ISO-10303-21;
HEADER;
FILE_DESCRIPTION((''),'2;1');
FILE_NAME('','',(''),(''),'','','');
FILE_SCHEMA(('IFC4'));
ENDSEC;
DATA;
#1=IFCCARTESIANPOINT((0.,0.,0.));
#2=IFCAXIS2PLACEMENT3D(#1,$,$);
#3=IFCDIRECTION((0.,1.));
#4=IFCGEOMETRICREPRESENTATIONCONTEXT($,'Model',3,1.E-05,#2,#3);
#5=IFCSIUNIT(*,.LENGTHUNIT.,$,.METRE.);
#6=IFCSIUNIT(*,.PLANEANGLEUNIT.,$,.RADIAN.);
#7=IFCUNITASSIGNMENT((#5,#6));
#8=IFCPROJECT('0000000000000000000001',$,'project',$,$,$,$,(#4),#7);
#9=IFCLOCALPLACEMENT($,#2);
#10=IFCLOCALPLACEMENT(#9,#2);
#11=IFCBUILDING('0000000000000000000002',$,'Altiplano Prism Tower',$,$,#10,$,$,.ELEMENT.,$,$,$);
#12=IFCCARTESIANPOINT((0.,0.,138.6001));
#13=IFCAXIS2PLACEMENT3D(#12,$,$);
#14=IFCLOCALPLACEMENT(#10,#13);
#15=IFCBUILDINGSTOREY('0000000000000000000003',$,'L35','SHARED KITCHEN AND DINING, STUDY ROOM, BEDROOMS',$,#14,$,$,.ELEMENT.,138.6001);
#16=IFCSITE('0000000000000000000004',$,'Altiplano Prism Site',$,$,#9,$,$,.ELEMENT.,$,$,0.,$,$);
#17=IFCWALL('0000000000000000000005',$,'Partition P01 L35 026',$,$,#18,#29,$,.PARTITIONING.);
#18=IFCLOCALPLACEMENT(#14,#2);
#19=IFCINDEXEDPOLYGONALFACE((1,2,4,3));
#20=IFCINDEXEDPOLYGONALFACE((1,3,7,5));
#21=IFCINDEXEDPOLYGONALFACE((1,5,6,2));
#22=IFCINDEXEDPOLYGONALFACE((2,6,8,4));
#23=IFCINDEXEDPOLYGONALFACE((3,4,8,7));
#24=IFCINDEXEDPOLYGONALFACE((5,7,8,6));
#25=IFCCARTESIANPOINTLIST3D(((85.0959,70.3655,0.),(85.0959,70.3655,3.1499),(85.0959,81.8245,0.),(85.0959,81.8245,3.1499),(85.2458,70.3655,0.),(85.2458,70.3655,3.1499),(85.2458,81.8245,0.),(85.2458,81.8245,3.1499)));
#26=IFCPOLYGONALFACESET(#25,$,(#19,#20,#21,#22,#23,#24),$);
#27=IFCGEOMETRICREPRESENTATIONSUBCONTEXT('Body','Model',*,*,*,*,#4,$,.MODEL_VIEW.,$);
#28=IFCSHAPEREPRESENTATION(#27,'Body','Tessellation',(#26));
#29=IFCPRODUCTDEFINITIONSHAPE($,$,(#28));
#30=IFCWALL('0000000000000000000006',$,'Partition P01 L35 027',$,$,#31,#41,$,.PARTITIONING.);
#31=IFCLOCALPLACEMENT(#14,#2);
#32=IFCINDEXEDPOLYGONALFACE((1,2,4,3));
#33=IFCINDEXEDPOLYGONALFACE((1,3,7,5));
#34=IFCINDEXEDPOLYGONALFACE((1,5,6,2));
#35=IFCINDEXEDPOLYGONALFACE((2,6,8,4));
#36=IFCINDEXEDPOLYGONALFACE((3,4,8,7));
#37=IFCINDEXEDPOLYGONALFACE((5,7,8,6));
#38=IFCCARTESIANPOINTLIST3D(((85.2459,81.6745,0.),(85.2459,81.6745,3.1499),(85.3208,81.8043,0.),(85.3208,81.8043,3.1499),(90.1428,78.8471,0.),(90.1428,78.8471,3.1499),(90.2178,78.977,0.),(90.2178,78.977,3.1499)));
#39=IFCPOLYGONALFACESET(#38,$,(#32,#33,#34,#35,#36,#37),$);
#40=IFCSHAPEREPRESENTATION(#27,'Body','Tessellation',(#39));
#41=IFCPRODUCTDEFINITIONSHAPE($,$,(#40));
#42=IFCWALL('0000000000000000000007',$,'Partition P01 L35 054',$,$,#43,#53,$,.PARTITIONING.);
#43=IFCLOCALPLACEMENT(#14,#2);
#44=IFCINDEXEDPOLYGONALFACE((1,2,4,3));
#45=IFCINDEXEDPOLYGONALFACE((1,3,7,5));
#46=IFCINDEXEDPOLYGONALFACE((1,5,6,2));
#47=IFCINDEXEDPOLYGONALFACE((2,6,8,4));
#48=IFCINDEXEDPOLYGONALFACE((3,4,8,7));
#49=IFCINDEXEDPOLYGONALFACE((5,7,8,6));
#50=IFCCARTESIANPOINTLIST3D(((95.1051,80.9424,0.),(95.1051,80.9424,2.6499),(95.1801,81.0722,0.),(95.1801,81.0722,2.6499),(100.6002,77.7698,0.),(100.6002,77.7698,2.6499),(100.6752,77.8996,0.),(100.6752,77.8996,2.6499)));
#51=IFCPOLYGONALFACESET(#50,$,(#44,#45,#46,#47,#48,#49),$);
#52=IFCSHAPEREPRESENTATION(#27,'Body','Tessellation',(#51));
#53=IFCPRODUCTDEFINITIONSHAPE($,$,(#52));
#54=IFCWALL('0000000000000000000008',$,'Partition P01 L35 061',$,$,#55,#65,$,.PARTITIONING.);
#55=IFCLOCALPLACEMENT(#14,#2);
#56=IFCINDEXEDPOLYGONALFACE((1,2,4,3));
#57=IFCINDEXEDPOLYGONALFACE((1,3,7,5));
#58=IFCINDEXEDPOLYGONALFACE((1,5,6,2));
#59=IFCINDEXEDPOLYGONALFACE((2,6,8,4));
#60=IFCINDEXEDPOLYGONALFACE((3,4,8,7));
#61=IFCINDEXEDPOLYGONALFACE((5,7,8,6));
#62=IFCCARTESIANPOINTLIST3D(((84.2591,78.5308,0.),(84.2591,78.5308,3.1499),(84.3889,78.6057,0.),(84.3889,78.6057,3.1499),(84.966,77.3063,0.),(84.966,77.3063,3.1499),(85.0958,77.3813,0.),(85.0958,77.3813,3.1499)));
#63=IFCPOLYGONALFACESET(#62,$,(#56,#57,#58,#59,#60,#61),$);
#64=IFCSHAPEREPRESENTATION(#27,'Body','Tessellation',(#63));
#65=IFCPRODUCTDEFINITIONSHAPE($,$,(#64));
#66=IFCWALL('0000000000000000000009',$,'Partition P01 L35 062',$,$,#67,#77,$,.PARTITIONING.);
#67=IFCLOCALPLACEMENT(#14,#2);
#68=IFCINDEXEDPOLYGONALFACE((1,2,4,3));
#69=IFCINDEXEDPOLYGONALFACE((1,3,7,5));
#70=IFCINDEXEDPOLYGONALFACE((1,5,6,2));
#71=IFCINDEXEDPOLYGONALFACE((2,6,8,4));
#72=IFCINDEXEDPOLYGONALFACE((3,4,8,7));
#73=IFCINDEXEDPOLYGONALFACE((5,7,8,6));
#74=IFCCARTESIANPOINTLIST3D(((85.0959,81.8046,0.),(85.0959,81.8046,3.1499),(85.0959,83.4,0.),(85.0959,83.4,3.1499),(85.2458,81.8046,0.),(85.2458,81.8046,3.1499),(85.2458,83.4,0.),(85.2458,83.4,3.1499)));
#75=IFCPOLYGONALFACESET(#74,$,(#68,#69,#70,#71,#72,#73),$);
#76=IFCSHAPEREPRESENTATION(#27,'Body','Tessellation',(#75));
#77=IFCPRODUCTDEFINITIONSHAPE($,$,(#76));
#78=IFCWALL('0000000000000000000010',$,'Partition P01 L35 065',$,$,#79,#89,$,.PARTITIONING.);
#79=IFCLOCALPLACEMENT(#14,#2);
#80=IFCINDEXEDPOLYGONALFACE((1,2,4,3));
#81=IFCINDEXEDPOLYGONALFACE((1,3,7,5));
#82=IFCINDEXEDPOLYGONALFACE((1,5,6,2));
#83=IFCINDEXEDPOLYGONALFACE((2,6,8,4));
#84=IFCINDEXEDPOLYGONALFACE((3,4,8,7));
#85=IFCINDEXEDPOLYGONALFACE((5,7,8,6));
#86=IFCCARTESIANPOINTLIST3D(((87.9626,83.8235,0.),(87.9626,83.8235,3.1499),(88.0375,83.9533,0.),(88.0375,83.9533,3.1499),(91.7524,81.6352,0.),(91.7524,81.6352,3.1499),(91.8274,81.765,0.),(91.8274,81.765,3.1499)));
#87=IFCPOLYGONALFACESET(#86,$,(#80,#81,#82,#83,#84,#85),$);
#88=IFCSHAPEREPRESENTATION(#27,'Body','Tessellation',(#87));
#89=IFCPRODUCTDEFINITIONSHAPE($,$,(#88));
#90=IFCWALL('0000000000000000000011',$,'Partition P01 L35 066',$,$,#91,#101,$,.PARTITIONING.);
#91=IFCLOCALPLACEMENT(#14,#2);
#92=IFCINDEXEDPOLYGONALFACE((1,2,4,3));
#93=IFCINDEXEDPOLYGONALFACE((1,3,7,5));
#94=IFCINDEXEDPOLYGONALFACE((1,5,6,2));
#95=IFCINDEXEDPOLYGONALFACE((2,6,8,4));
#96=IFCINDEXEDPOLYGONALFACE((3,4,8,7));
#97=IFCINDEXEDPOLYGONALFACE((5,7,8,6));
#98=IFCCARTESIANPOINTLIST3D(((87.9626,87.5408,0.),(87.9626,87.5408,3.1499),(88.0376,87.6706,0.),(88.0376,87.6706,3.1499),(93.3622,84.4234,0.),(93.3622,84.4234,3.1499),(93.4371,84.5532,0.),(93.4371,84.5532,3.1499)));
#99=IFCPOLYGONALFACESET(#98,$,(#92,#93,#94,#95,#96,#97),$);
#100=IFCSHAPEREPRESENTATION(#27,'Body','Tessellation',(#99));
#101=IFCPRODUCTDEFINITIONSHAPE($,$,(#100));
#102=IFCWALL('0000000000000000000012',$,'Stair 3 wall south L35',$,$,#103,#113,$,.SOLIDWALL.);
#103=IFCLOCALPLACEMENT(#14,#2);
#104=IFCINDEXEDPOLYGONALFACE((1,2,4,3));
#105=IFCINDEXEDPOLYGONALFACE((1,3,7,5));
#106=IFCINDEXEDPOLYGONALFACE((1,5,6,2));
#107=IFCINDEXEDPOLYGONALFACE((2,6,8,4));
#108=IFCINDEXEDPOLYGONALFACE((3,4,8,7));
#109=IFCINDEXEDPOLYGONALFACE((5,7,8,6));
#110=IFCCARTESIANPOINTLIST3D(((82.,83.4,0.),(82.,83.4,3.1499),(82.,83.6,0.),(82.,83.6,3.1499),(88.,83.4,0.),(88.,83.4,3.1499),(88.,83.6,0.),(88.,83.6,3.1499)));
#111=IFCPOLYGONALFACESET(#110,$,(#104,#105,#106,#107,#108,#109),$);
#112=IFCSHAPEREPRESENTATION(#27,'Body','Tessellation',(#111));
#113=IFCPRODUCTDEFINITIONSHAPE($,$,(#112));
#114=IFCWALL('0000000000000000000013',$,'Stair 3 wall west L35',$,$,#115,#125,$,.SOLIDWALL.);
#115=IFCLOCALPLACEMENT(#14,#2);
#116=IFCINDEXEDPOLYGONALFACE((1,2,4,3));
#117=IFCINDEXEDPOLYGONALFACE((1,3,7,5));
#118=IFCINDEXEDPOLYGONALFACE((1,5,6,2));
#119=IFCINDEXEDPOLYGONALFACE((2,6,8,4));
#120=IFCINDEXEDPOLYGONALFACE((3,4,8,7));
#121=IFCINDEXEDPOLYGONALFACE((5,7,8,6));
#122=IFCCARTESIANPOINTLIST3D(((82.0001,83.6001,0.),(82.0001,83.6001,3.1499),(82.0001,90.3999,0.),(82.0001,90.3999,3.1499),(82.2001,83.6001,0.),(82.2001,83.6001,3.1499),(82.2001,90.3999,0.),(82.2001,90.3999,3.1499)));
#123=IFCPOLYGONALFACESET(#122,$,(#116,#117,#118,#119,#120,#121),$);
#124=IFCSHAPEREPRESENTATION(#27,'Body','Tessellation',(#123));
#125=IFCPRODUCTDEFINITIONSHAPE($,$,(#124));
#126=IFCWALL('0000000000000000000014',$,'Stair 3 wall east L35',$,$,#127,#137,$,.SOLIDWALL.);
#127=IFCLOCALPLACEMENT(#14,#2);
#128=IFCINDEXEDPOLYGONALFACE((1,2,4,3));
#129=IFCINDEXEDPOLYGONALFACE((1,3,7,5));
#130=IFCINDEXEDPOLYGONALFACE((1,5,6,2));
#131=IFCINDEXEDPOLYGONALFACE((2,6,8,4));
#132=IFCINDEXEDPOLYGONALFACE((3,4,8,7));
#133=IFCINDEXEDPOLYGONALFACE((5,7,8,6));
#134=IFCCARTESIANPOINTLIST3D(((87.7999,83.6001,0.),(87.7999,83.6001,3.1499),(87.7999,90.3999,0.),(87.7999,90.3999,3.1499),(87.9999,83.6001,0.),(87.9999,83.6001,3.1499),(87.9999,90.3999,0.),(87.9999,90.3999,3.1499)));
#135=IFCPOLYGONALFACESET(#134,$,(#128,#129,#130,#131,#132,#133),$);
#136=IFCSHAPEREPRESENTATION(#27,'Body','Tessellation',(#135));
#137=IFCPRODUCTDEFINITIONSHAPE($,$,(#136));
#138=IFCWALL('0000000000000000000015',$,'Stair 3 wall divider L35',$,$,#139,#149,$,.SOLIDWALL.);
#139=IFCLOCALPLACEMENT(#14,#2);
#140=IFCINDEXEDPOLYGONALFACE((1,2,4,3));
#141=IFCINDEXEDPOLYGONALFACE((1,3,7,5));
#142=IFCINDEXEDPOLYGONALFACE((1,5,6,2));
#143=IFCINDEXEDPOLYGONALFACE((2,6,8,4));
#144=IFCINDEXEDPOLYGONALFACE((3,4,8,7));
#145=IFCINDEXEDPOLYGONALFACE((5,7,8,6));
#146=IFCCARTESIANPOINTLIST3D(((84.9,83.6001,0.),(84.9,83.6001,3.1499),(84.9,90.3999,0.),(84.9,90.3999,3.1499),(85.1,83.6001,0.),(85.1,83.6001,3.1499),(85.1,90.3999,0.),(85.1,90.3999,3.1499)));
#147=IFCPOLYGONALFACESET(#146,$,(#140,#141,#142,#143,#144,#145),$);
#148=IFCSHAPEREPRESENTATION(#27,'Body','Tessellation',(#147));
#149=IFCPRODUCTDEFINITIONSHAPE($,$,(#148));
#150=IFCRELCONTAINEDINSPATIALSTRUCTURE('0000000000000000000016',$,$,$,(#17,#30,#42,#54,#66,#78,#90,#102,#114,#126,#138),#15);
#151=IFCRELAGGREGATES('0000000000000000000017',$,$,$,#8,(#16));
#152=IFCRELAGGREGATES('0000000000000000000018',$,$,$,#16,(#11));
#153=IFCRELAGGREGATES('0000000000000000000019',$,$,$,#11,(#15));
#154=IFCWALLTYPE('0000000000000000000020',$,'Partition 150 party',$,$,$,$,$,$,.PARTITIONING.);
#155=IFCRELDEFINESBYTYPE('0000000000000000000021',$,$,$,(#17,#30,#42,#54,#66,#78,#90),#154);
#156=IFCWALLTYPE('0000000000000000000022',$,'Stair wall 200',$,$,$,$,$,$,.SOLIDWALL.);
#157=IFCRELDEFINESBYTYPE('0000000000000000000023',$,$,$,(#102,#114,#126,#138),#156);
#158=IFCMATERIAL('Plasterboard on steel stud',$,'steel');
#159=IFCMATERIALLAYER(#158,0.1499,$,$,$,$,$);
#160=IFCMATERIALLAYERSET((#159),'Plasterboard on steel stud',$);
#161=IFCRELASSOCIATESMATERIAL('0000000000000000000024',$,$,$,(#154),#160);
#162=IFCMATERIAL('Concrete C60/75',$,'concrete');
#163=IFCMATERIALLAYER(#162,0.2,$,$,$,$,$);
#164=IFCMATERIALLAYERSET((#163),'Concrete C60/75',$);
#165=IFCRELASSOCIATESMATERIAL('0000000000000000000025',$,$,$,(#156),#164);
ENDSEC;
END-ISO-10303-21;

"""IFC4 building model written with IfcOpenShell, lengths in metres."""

from ifc_helpers import new_model, si_unit, direction, frame, frame_2d, origin, place, context, subcontext, project, spatial, rectangle, extrude, material, layer, layer_set, type_object, element, save


model = new_model("IFC4")

# Units and contexts
model_context = context("Model", 3, precision=1e-05, world=origin(), true_north=direction((0.0, 1.0)))
body_context = subcontext(model_context, "Body", "Model", "MODEL_VIEW")
ifc_project = project(units=[si_unit("LENGTHUNIT", "METRE"), si_unit("PLANEANGLEUNIT", "RADIAN")], contexts=[model_context])

# Site, building, storey
site_placement = place(None, origin())
site = spatial("IfcSite", under=ifc_project, at=site_placement, Name="Altiplano Prism Site", CompositionType="ELEMENT", RefElevation=0.0)
building_placement = place(site_placement, origin())
building = spatial("IfcBuilding", under=site, at=building_placement, Name="Altiplano Prism Tower", CompositionType="ELEMENT")
storey_placement = place(building_placement, frame((0.0, 0.0, 138.6001)))
storey = spatial("IfcBuildingStorey", under=building, at=storey_placement, Name="L35", Description="SHARED KITCHEN AND DINING, STUDY ROOM, BEDROOMS", CompositionType="ELEMENT", Elevation=138.6001)

# Shared definitions
ifc_material_1 = material(Name="Concrete C60/75", Category="concrete")

# Shared definitions
ifc_material_2 = material(Name="Plasterboard on steel stud", Category="steel")

# Walls
ifc_layer_1 = layer(ifc_material_2, 0.1499)
ifc_layer_set_1 = layer_set([ifc_layer_1], Name="Plasterboard on steel stud")
wall_type_1 = type_object("IfcWallType", Name="Partition 150 party", PredefinedType="PARTITIONING", material=ifc_layer_set_1)
wall_1_placement = place(storey_placement, frame((85.1709, 81.8245, 0.0), z_axis=(0.0, 0.0, 1.0), x_axis=(0.0, -1.0, 0.0)))
element("IfcWall", 1, at=wall_1_placement, inside=storey, type_object=wall_type_1, Name="Partition P01 L35 026", PredefinedType="PARTITIONING", context=body_context, shape_type="SweptSolid", body=[
    extrude(rectangle(XDim=11.459, YDim=0.1499, at=frame_2d((5.7295, 0.0))), origin(), (0.0, 0.0, 1.0), 3.1499),
])
wall_2_placement = place(storey_placement, frame((90.1802, 78.9121, 0.0), z_axis=(0.0, 0.0, 1.0), x_axis=(-0.866016, 0.500016, 0.0)))
element("IfcWall", 2, at=wall_2_placement, inside=storey, type_object=wall_type_1, Name="Partition P01 L35 027", PredefinedType="PARTITIONING", context=body_context, shape_type="SweptSolid", body=[
    extrude(rectangle(XDim=5.6545, YDim=0.1499, at=frame_2d((2.8271, 0.0))), origin(), (0.0, 0.0, 1.0), 3.1499),
])
wall_3_placement = place(storey_placement, frame((100.6377, 77.8347, 0.0), z_axis=(0.0, 0.0, 1.0), x_axis=(-0.866025, 0.5, 0.0)))
element("IfcWall", 3, at=wall_3_placement, inside=storey, type_object=wall_type_1, Name="Partition P01 L35 054", PredefinedType="PARTITIONING", context=body_context, shape_type="SweptSolid", body=[
    extrude(rectangle(XDim=6.3452, YDim=0.1499, at=frame_2d((3.1726, 0.0))), origin(), (0.0, 0.0, 1.0), 2.6499),
])
wall_4_placement = place(storey_placement, frame((84.324, 78.5684, 0.0), z_axis=(0.0, 0.0, 1.0), x_axis=(0.499947, -0.866056, 0.0)))
element("IfcWall", 4, at=wall_4_placement, inside=storey, type_object=wall_type_1, Name="Partition P01 L35 061", PredefinedType="PARTITIONING", context=body_context, shape_type="SweptSolid", body=[
    extrude(rectangle(XDim=1.4138, YDim=0.1499, at=frame_2d((0.707, 0.0))), origin(), (0.0, 0.0, 1.0), 3.1499),
])
wall_5_placement = place(storey_placement, frame((85.1709, 81.8044, 0.0), z_axis=(0.0, 0.0, 1.0), x_axis=(0.0, 1.0, 0.0)))
element("IfcWall", 5, at=wall_5_placement, inside=storey, type_object=wall_type_1, Name="Partition P01 L35 062", PredefinedType="PARTITIONING", context=body_context, shape_type="SweptSolid", body=[
    extrude(rectangle(XDim=1.5955, YDim=0.1499, at=frame_2d((0.7979, 0.0))), origin(), (0.0, 0.0, 1.0), 3.1499),
])
wall_6_placement = place(storey_placement, frame((91.7898, 81.7002, 0.0), z_axis=(0.0, 0.0, 1.0), x_axis=(-0.866006, 0.500033, 0.0)))
element("IfcWall", 6, at=wall_6_placement, inside=storey, type_object=wall_type_1, Name="Partition P01 L35 065", PredefinedType="PARTITIONING", context=body_context, shape_type="SweptSolid", body=[
    extrude(rectangle(XDim=4.3762, YDim=0.1499, at=frame_2d((2.188, 0.0))), origin(), (0.0, 0.0, 1.0), 3.1499),
])
wall_7_placement = place(storey_placement, frame((93.3997, 84.4883, 0.0), z_axis=(0.0, 0.0, 1.0), x_axis=(-0.86603, 0.499992, 0.0)))
element("IfcWall", 7, at=wall_7_placement, inside=storey, type_object=wall_type_1, Name="Partition P01 L35 066", PredefinedType="PARTITIONING", context=body_context, shape_type="SweptSolid", body=[
    extrude(rectangle(XDim=6.2349, YDim=0.1499, at=frame_2d((3.1174, 0.0))), origin(), (0.0, 0.0, 1.0), 3.1499),
])
ifc_layer_2 = layer(ifc_material_1, 0.2)
ifc_layer_set_2 = layer_set([ifc_layer_2], Name="Concrete C60/75")
wall_type_2 = type_object("IfcWallType", Name="Stair wall 200", PredefinedType="SOLIDWALL", material=ifc_layer_set_2)
wall_8_placement = place(storey_placement, frame((82.0, 83.5, 0.0), z_axis=(0.0, 0.0, 1.0), x_axis=(1.0, 0.0, 0.0)))
element("IfcWall", 8, at=wall_8_placement, inside=storey, type_object=wall_type_2, Name="Stair 3 wall south L35", PredefinedType="SOLIDWALL", context=body_context, shape_type="SweptSolid", body=[
    extrude(rectangle(XDim=6.0, YDim=0.2, at=frame_2d((3.0, 0.0))), origin(), (0.0, 0.0, 1.0), 3.1499),
])
for number, where, z_axis, x_axis, name in (
    (9, (82.1001, 83.6001, 0.0), (0.0, 0.0, 1.0), (0.0, 1.0, 0.0), "Stair 3 wall west L35"),
    (10, (87.8999, 83.6001, 0.0), (0.0, 0.0, 1.0), (0.0, 1.0, 0.0), "Stair 3 wall east L35"),
    (11, (85.0, 83.6001, 0.0), (0.0, 0.0, 1.0), (0.0, 1.0, 0.0), "Stair 3 wall divider L35"),
):
    element("IfcWall", number, at=place(storey_placement, frame(where, z_axis=z_axis, x_axis=x_axis)), inside=storey, type_object=wall_type_2, Name=name, PredefinedType="SOLIDWALL", context=body_context, shape_type="SweptSolid", body=[
        extrude(rectangle(XDim=6.7998, YDim=0.2, at=frame_2d((3.3999, 0.0))), origin(), (0.0, 0.0, 1.0), 3.1499),
    ])

save(model, "model.ifc")
